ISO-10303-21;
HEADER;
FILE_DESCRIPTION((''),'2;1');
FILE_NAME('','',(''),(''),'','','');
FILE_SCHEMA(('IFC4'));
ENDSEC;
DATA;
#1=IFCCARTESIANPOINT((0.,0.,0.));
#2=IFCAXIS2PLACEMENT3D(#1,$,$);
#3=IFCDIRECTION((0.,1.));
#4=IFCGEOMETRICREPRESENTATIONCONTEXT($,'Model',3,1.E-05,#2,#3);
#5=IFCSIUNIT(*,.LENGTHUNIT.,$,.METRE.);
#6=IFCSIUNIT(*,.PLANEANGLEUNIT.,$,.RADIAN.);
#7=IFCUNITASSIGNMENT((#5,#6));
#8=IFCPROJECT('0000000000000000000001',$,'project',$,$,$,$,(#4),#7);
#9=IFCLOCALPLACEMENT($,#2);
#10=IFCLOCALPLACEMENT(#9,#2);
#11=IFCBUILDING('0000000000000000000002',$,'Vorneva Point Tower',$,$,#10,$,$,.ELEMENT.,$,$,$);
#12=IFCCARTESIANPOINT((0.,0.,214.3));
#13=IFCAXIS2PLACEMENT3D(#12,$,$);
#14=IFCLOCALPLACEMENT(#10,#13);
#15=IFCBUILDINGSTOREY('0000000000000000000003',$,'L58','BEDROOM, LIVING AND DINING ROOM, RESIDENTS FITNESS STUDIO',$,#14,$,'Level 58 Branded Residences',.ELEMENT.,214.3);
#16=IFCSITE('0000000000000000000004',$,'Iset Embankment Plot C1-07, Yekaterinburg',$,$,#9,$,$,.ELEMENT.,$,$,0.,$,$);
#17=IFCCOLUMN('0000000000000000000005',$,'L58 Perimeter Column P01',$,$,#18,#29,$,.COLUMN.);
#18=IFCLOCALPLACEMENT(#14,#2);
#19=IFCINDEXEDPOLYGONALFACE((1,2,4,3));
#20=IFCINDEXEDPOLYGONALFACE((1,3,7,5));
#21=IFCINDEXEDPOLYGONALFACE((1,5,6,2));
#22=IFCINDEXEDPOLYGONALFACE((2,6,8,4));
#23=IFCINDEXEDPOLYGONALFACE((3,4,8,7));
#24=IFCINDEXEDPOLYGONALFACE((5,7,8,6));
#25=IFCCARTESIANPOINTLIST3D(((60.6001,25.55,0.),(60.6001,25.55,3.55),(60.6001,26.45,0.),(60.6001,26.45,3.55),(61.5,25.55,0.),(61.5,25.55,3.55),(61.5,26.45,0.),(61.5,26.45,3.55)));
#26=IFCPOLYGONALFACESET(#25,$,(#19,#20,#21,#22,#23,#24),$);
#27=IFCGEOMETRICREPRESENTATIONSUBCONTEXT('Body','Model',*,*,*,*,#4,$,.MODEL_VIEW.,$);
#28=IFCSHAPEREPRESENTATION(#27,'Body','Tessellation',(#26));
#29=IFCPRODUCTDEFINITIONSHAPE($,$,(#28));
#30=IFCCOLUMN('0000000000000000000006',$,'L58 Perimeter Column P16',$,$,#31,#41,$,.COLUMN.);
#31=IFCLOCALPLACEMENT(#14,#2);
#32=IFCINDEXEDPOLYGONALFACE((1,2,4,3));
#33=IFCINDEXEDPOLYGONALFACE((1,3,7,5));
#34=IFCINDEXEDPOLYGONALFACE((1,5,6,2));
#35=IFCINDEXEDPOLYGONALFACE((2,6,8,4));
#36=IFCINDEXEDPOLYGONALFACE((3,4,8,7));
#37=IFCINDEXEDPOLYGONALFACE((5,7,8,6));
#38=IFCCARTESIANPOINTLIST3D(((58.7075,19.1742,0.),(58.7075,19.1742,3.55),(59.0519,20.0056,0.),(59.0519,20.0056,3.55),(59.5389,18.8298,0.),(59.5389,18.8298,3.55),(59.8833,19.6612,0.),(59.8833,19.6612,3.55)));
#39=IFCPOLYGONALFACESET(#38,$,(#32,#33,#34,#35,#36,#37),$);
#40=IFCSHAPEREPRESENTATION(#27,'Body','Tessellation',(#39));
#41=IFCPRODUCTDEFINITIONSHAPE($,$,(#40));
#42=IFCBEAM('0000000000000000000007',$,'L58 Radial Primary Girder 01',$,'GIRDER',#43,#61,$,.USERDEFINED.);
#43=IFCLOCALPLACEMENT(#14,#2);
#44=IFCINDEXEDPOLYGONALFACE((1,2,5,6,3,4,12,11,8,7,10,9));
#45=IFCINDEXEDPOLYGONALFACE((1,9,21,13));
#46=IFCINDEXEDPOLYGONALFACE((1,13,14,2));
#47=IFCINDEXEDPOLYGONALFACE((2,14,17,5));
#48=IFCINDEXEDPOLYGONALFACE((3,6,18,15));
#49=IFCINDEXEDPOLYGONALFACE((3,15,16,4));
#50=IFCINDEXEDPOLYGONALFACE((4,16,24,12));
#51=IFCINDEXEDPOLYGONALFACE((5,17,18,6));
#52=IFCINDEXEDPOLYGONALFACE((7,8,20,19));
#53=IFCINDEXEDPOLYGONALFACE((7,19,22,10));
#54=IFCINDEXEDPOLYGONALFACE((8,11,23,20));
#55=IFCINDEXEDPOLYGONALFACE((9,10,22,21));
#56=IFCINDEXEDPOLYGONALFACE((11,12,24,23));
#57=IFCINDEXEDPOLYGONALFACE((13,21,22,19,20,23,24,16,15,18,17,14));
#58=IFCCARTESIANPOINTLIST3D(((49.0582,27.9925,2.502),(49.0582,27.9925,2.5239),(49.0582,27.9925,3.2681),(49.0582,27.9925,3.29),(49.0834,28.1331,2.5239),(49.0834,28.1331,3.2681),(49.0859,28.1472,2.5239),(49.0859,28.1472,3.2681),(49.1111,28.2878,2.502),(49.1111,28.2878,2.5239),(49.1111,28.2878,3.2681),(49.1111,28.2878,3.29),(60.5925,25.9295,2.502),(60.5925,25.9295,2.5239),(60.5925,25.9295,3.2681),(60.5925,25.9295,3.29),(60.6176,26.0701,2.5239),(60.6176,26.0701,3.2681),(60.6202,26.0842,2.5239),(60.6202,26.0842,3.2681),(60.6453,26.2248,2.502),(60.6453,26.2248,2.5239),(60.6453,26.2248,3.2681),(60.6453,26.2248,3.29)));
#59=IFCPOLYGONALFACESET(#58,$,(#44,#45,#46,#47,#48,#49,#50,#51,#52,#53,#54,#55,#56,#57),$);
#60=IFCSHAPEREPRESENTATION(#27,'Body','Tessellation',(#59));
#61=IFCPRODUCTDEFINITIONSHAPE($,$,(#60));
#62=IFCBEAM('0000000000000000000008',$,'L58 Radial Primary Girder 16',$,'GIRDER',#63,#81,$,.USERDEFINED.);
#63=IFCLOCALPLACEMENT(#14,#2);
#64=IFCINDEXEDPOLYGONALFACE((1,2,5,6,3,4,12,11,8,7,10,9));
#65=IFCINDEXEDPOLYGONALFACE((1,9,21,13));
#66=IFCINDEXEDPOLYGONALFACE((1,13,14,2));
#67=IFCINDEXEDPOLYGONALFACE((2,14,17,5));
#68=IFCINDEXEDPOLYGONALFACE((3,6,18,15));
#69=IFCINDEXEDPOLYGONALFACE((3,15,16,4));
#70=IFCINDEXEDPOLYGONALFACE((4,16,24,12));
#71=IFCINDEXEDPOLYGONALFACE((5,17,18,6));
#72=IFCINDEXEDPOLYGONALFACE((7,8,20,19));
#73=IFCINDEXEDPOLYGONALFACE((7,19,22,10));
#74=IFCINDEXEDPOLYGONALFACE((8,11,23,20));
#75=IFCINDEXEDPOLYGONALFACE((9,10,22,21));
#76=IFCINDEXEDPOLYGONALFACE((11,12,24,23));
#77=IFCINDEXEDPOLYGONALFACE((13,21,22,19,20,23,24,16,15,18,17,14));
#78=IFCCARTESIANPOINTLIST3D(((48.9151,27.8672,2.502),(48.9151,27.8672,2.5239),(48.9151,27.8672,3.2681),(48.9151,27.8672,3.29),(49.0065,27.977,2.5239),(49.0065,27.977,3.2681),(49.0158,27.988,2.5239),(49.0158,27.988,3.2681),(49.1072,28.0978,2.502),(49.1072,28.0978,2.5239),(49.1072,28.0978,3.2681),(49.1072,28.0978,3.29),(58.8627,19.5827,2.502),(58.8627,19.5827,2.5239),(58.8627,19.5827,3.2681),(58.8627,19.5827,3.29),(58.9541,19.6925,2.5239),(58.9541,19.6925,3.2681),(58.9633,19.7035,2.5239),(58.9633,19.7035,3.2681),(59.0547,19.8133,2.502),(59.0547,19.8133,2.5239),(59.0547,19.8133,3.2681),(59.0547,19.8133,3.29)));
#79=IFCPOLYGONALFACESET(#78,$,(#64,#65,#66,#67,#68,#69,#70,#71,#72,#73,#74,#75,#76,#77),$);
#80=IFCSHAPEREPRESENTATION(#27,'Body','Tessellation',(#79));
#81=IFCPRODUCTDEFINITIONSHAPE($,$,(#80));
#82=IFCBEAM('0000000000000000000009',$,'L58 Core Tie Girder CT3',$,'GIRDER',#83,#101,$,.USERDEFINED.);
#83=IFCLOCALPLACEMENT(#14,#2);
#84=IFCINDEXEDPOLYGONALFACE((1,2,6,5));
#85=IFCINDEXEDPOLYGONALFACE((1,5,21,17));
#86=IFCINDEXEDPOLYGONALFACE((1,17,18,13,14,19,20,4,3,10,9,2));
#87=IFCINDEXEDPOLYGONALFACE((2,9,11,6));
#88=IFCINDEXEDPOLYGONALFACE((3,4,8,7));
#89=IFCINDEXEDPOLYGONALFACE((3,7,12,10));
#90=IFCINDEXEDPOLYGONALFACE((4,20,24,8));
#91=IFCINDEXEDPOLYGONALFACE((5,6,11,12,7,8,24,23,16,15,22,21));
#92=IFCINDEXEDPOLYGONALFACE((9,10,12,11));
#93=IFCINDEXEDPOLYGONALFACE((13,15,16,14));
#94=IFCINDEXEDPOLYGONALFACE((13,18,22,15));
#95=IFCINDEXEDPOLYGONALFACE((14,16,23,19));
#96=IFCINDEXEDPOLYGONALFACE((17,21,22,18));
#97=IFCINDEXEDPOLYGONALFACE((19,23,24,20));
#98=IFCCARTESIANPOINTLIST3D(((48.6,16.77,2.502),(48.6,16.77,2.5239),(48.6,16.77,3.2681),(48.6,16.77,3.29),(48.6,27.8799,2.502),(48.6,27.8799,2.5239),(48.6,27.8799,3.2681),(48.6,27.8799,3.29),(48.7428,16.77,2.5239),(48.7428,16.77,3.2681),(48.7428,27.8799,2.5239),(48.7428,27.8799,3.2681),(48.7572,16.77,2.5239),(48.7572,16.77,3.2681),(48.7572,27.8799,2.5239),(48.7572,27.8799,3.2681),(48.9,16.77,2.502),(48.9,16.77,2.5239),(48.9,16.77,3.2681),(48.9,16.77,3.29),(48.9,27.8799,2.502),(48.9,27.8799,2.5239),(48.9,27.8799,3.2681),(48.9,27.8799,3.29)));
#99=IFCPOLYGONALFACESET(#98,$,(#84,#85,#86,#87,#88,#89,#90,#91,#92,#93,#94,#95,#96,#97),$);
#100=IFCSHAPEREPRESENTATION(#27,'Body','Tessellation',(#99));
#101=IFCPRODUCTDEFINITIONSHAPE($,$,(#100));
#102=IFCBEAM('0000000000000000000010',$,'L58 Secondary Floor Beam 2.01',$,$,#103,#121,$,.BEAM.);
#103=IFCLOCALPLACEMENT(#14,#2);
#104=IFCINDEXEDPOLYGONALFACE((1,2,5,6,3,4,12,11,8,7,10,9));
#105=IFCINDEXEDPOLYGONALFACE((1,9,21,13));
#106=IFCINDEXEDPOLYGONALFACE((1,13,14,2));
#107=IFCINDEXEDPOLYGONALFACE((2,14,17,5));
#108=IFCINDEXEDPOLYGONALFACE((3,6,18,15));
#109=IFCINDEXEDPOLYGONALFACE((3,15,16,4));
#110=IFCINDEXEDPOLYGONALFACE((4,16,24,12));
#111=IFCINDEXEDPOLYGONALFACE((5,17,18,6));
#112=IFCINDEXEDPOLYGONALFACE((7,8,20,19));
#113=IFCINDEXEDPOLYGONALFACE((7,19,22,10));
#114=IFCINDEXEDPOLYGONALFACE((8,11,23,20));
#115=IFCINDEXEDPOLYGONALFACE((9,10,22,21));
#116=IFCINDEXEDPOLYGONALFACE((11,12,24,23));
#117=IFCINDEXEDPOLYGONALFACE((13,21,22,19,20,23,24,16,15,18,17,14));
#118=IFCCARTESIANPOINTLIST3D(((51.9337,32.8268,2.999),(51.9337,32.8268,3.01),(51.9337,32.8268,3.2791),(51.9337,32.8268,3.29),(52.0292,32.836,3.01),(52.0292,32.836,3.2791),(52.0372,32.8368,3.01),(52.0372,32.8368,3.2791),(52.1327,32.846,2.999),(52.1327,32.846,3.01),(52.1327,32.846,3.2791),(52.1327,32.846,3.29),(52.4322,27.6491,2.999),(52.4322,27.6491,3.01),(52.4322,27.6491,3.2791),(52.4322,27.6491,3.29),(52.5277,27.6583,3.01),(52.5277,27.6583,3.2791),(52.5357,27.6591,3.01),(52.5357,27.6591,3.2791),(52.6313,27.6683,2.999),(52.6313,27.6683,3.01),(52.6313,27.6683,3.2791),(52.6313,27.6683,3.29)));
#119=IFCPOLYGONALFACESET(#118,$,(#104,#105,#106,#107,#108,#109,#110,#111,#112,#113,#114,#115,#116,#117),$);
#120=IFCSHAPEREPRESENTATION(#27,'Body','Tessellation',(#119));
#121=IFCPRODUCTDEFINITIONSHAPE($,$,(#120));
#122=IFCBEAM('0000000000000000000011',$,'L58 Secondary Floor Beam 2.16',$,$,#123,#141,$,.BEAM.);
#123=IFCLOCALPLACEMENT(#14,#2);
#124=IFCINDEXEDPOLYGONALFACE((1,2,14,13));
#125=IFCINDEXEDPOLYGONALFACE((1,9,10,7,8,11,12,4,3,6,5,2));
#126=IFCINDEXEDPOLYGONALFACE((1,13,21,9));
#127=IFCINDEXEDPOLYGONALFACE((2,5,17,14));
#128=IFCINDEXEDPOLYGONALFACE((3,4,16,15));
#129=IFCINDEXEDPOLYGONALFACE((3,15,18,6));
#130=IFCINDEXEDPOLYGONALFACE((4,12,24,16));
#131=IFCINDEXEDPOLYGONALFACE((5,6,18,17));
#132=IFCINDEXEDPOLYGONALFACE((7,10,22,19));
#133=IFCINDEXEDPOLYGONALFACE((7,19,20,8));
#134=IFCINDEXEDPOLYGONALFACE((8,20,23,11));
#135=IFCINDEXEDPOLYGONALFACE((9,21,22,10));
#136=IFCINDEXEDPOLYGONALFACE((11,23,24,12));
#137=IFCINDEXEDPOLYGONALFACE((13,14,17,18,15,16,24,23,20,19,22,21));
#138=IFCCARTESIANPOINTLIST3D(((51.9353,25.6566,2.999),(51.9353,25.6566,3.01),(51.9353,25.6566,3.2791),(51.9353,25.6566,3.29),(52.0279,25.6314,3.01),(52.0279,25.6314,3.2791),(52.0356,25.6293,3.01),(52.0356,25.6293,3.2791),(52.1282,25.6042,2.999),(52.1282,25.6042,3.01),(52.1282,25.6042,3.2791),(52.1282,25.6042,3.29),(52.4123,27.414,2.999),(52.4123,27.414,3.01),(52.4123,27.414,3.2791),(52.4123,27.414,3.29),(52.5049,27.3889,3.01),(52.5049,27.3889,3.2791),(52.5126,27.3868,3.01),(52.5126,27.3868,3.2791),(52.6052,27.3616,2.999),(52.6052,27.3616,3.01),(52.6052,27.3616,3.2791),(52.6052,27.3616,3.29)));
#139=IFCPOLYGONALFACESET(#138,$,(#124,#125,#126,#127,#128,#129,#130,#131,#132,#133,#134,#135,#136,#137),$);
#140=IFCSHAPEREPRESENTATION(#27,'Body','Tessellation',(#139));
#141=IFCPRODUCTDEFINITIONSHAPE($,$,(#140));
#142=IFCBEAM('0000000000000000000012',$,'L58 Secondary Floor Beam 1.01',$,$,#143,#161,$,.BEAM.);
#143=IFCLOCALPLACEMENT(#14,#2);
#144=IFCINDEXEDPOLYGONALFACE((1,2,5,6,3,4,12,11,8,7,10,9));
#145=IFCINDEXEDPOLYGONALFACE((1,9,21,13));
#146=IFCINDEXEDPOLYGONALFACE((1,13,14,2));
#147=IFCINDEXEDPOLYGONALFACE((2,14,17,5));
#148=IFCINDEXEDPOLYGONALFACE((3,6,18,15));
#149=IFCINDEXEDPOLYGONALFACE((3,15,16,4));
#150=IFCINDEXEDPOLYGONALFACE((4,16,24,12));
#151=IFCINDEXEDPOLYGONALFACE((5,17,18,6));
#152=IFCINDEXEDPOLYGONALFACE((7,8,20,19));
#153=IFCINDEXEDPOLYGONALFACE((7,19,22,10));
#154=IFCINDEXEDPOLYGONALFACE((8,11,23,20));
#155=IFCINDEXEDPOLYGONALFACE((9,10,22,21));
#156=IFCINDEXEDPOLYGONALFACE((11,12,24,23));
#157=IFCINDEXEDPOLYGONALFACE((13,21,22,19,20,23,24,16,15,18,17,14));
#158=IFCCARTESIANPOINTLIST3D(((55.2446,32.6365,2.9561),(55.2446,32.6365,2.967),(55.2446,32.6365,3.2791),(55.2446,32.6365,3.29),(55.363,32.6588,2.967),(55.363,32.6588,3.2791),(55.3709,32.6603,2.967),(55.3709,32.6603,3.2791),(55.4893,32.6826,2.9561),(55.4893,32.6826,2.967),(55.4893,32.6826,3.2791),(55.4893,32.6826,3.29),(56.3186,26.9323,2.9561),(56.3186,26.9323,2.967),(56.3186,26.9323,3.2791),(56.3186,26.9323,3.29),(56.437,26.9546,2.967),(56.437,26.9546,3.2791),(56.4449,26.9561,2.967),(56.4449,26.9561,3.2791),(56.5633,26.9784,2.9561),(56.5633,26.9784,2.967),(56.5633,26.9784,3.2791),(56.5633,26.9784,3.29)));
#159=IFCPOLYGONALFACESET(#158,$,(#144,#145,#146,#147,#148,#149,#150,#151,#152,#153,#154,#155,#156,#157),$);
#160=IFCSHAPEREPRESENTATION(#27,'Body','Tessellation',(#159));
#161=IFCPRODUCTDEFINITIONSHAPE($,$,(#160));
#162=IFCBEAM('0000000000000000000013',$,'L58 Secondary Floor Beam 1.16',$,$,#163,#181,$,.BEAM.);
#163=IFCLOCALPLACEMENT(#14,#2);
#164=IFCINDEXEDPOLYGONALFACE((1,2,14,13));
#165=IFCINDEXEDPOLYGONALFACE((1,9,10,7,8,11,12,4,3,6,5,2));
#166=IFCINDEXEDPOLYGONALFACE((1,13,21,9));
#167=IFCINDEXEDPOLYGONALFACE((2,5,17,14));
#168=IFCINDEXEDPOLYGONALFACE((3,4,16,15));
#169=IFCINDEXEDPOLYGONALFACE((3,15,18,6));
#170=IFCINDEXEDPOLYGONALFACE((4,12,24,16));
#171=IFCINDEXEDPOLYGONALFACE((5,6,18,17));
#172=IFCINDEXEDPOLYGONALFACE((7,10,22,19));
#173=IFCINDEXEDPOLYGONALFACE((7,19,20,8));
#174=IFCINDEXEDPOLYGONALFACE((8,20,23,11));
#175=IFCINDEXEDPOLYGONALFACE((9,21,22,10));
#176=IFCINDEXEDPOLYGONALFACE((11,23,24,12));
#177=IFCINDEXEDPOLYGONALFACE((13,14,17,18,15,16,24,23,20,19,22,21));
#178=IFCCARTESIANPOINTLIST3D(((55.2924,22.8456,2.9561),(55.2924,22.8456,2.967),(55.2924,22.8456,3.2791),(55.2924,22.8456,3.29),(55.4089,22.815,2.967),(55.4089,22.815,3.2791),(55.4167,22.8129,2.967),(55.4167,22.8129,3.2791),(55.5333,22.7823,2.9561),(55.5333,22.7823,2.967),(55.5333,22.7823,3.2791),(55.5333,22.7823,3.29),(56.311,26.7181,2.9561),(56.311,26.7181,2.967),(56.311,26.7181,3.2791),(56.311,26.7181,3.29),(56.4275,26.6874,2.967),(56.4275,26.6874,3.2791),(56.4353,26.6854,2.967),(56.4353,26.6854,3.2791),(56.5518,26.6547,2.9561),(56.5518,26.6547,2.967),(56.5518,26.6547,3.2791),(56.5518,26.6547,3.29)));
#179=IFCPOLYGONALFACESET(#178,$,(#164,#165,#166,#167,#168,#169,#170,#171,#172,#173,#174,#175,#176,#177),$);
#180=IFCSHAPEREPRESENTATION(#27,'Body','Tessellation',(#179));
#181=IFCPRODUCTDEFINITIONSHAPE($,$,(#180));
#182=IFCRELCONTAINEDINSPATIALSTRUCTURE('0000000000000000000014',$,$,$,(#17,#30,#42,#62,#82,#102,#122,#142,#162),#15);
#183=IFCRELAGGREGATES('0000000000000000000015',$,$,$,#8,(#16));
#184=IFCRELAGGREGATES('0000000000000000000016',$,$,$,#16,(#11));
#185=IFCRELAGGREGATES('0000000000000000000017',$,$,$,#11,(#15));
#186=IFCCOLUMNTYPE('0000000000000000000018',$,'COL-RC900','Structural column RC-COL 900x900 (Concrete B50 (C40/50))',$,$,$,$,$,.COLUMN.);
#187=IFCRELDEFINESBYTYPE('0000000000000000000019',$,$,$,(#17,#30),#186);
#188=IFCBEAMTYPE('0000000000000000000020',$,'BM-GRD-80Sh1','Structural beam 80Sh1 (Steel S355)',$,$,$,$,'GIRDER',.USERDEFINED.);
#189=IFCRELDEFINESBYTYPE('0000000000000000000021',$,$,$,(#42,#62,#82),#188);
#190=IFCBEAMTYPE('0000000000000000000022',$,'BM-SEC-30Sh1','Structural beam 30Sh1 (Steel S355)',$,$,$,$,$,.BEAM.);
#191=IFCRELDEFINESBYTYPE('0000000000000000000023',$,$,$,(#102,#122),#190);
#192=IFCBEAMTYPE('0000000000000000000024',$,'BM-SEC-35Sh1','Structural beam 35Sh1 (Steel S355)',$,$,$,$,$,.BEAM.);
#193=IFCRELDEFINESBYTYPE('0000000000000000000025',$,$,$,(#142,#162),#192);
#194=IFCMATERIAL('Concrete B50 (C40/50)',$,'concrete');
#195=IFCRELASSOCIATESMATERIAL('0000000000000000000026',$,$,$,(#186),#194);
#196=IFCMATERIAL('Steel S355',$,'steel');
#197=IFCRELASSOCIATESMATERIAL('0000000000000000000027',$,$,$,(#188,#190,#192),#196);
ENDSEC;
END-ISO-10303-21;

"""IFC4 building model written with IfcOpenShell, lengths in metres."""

from ifc_helpers import new_model, si_unit, direction, frame, origin, origin_2d, place, context, subcontext, project, spatial, rectangle, i_section, extrude, material, material_profile, profile_set, type_object, element, save


model = new_model("IFC4")

# Units and contexts
model_context = context("Model", 3, precision=1e-05, world=origin(), true_north=direction((0.0, 1.0)))
body_context = subcontext(model_context, "Body", "Model", "MODEL_VIEW")
ifc_project = project(units=[si_unit("LENGTHUNIT", "METRE"), si_unit("PLANEANGLEUNIT", "RADIAN")], contexts=[model_context])

# Site, building, storey
site_placement = place(None, origin())
site = spatial("IfcSite", under=ifc_project, at=site_placement, Name="Iset Embankment Plot C1-07, Yekaterinburg", CompositionType="ELEMENT", RefElevation=0.0)
building_placement = place(site_placement, origin())
building = spatial("IfcBuilding", under=site, at=building_placement, Name="Vorneva Point Tower", CompositionType="ELEMENT")
storey_placement = place(building_placement, frame((0.0, 0.0, 214.3)))
storey = spatial("IfcBuildingStorey", under=building, at=storey_placement, Name="L58", Description="BEDROOM, LIVING AND DINING ROOM, RESIDENTS FITNESS STUDIO", LongName="Level 58 Branded Residences", CompositionType="ELEMENT", Elevation=214.3)

# Columns
ifc_material_1 = material(Name="Concrete B50 (C40/50)", Category="concrete")
ifc_material_profile_1 = material_profile(ifc_material_1, rectangle(XDim=0.8999, YDim=0.8999, at=origin_2d()), Name="RC-COL 900x900")
ifc_profile_set_1 = profile_set([ifc_material_profile_1], Name="Concrete B50 (C40/50)")
column_type = type_object("IfcColumnType", Name="COL-RC900", Description="Structural column RC-COL 900x900 (Concrete B50 (C40/50))", PredefinedType="COLUMN", material=ifc_profile_set_1)
for number, where, z_axis, x_axis, name in (
    (1, (61.05, 26.0, 0.0), (0.0, 0.0, 1.0), (1.0, 0.0, 0.0), "L58 Perimeter Column P01"),
    (2, (59.2954, 19.4177, 0.0), (0.0, 0.0, 1.0), (0.92388, -0.382683, 0.0), "L58 Perimeter Column P16"),
):
    element("IfcColumn", number, at=place(storey_placement, frame(where, z_axis=z_axis, x_axis=x_axis)), inside=storey, type_object=column_type, Name=name, PredefinedType="COLUMN", context=body_context, shape_type="SweptSolid", body=[
        extrude(rectangle(XDim=0.8999, YDim=0.8999, at=origin_2d()), origin(), (0.0, 0.0, 1.0), 3.55),
    ])

# Beams
ifc_material_2 = material(Name="Steel S355", Category="steel")
ifc_material_profile_2 = material_profile(ifc_material_2, i_section(OverallWidth=0.3, OverallDepth=0.7881, WebThickness=0.0144, FlangeThickness=0.022, at=origin_2d()), Name="80Sh1")
ifc_profile_set_2 = profile_set([ifc_material_profile_2], Name="Steel S355")
beam_type_1 = type_object("IfcBeamType", Name="BM-GRD-80Sh1", Description="Structural beam 80Sh1 (Steel S355)", ElementType="GIRDER", PredefinedType="USERDEFINED", material=ifc_profile_set_2)
beam_1_placement = place(storey_placement, frame((60.6189, 26.0771, 2.896), z_axis=(-0.984379, 0.176065, 0.0), x_axis=(-0.176065, -0.984379, 0.0)))
element("IfcBeam", 3, at=beam_1_placement, inside=storey, type_object=beam_type_1, Name="L58 Radial Primary Girder 01", ObjectType="GIRDER", PredefinedType="USERDEFINED", context=body_context, shape_type="SweptSolid", body=[
    extrude(i_section(OverallWidth=0.3, OverallDepth=0.7881, WebThickness=0.0144, FlangeThickness=0.022, at=origin_2d()), origin(), (0.0, 0.0, 1.0), 11.7173),
])
beam_2_placement = place(storey_placement, frame((58.9587, 19.698, 2.896), z_axis=(-0.768418, 0.639949, 0.0), x_axis=(-0.639949, -0.768418, 0.0)))
element("IfcBeam", 4, at=beam_2_placement, inside=storey, type_object=beam_type_1, Name="L58 Radial Primary Girder 16", ObjectType="GIRDER", PredefinedType="USERDEFINED", context=body_context, shape_type="SweptSolid", body=[
    extrude(i_section(OverallWidth=0.3, OverallDepth=0.7881, WebThickness=0.0144, FlangeThickness=0.022, at=origin_2d()), origin(), (0.0, 0.0, 1.0), 12.9456),
])
beam_3_placement = place(storey_placement, frame((48.75, 16.77, 2.896), z_axis=(0.0, 1.0, 0.0), x_axis=(-1.0, 0.0, 0.0)))
element("IfcBeam", 5, at=beam_3_placement, inside=storey, type_object=beam_type_1, Name="L58 Core Tie Girder CT3", ObjectType="GIRDER", PredefinedType="USERDEFINED", context=body_context, shape_type="SweptSolid", body=[
    extrude(i_section(OverallWidth=0.3, OverallDepth=0.7881, WebThickness=0.0144, FlangeThickness=0.022, at=origin_2d()), origin(), (0.0, 0.0, 1.0), 11.1099),
])
ifc_material_profile_3 = material_profile(ifc_material_2, i_section(OverallWidth=0.2, OverallDepth=0.291, WebThickness=0.0081, FlangeThickness=0.011, at=origin_2d()), Name="30Sh1")
ifc_profile_set_3 = profile_set([ifc_material_profile_3], Name="Steel S355")
beam_type_2 = type_object("IfcBeamType", Name="BM-SEC-30Sh1", Description="Structural beam 30Sh1 (Steel S355)", PredefinedType="BEAM", material=ifc_profile_set_3)
beam_4_placement = place(storey_placement, frame((52.5317, 27.6587, 3.1445), z_axis=(-0.095841, 0.995397, 0.0), x_axis=(-0.995397, -0.095841, 0.0)))
element("IfcBeam", 6, at=beam_4_placement, inside=storey, type_object=beam_type_2, Name="L58 Secondary Floor Beam 2.01", PredefinedType="BEAM", context=body_context, shape_type="SweptSolid", body=[
    extrude(i_section(OverallWidth=0.2, OverallDepth=0.291, WebThickness=0.0081, FlangeThickness=0.011, at=origin_2d()), origin(), (0.0, 0.0, 1.0), 5.2017),
])
beam_5_placement = place(storey_placement, frame((52.0317, 25.6304, 3.1445), z_axis=(0.261949, 0.965082, 0.0), x_axis=(-0.965082, 0.261949, 0.0)))
element("IfcBeam", 7, at=beam_5_placement, inside=storey, type_object=beam_type_2, Name="L58 Secondary Floor Beam 2.16", PredefinedType="BEAM", context=body_context, shape_type="SweptSolid", body=[
    extrude(i_section(OverallWidth=0.2, OverallDepth=0.291, WebThickness=0.0081, FlangeThickness=0.011, at=origin_2d()), origin(), (0.0, 0.0, 1.0), 1.821),
])
ifc_material_profile_4 = material_profile(ifc_material_2, i_section(OverallWidth=0.249, OverallDepth=0.334, WebThickness=0.0081, FlangeThickness=0.011, at=origin_2d()), Name="35Sh1")
ifc_profile_set_4 = profile_set([ifc_material_profile_4], Name="Steel S355")
beam_type_3 = type_object("IfcBeamType", Name="BM-SEC-35Sh1", Description="Structural beam 35Sh1 (Steel S355)", PredefinedType="BEAM", material=ifc_profile_set_4)
beam_6_placement = place(storey_placement, frame((56.4409, 26.9553, 3.123), z_axis=(-0.18503, 0.982733, 0.0), x_axis=(-0.982733, -0.18503, 0.0)))
element("IfcBeam", 8, at=beam_6_placement, inside=storey, type_object=beam_type_3, Name="L58 Secondary Floor Beam 1.01", PredefinedType="BEAM", context=body_context, shape_type="SweptSolid", body=[
    extrude(i_section(OverallWidth=0.249, OverallDepth=0.334, WebThickness=0.0081, FlangeThickness=0.011, at=origin_2d()), origin(), (0.0, 0.0, 1.0), 5.8044),
])
beam_7_placement = place(storey_placement, frame((55.4128, 22.814, 3.123), z_axis=(0.254382, 0.967104, 0.0), x_axis=(-0.967104, 0.254382, 0.0)))
element("IfcBeam", 9, at=beam_7_placement, inside=storey, type_object=beam_type_3, Name="L58 Secondary Floor Beam 1.16", PredefinedType="BEAM", context=body_context, shape_type="SweptSolid", body=[
    extrude(i_section(OverallWidth=0.249, OverallDepth=0.334, WebThickness=0.0081, FlangeThickness=0.011, at=origin_2d()), origin(), (0.0, 0.0, 1.0), 4.0042),
])

save(model, "model.ifc")
